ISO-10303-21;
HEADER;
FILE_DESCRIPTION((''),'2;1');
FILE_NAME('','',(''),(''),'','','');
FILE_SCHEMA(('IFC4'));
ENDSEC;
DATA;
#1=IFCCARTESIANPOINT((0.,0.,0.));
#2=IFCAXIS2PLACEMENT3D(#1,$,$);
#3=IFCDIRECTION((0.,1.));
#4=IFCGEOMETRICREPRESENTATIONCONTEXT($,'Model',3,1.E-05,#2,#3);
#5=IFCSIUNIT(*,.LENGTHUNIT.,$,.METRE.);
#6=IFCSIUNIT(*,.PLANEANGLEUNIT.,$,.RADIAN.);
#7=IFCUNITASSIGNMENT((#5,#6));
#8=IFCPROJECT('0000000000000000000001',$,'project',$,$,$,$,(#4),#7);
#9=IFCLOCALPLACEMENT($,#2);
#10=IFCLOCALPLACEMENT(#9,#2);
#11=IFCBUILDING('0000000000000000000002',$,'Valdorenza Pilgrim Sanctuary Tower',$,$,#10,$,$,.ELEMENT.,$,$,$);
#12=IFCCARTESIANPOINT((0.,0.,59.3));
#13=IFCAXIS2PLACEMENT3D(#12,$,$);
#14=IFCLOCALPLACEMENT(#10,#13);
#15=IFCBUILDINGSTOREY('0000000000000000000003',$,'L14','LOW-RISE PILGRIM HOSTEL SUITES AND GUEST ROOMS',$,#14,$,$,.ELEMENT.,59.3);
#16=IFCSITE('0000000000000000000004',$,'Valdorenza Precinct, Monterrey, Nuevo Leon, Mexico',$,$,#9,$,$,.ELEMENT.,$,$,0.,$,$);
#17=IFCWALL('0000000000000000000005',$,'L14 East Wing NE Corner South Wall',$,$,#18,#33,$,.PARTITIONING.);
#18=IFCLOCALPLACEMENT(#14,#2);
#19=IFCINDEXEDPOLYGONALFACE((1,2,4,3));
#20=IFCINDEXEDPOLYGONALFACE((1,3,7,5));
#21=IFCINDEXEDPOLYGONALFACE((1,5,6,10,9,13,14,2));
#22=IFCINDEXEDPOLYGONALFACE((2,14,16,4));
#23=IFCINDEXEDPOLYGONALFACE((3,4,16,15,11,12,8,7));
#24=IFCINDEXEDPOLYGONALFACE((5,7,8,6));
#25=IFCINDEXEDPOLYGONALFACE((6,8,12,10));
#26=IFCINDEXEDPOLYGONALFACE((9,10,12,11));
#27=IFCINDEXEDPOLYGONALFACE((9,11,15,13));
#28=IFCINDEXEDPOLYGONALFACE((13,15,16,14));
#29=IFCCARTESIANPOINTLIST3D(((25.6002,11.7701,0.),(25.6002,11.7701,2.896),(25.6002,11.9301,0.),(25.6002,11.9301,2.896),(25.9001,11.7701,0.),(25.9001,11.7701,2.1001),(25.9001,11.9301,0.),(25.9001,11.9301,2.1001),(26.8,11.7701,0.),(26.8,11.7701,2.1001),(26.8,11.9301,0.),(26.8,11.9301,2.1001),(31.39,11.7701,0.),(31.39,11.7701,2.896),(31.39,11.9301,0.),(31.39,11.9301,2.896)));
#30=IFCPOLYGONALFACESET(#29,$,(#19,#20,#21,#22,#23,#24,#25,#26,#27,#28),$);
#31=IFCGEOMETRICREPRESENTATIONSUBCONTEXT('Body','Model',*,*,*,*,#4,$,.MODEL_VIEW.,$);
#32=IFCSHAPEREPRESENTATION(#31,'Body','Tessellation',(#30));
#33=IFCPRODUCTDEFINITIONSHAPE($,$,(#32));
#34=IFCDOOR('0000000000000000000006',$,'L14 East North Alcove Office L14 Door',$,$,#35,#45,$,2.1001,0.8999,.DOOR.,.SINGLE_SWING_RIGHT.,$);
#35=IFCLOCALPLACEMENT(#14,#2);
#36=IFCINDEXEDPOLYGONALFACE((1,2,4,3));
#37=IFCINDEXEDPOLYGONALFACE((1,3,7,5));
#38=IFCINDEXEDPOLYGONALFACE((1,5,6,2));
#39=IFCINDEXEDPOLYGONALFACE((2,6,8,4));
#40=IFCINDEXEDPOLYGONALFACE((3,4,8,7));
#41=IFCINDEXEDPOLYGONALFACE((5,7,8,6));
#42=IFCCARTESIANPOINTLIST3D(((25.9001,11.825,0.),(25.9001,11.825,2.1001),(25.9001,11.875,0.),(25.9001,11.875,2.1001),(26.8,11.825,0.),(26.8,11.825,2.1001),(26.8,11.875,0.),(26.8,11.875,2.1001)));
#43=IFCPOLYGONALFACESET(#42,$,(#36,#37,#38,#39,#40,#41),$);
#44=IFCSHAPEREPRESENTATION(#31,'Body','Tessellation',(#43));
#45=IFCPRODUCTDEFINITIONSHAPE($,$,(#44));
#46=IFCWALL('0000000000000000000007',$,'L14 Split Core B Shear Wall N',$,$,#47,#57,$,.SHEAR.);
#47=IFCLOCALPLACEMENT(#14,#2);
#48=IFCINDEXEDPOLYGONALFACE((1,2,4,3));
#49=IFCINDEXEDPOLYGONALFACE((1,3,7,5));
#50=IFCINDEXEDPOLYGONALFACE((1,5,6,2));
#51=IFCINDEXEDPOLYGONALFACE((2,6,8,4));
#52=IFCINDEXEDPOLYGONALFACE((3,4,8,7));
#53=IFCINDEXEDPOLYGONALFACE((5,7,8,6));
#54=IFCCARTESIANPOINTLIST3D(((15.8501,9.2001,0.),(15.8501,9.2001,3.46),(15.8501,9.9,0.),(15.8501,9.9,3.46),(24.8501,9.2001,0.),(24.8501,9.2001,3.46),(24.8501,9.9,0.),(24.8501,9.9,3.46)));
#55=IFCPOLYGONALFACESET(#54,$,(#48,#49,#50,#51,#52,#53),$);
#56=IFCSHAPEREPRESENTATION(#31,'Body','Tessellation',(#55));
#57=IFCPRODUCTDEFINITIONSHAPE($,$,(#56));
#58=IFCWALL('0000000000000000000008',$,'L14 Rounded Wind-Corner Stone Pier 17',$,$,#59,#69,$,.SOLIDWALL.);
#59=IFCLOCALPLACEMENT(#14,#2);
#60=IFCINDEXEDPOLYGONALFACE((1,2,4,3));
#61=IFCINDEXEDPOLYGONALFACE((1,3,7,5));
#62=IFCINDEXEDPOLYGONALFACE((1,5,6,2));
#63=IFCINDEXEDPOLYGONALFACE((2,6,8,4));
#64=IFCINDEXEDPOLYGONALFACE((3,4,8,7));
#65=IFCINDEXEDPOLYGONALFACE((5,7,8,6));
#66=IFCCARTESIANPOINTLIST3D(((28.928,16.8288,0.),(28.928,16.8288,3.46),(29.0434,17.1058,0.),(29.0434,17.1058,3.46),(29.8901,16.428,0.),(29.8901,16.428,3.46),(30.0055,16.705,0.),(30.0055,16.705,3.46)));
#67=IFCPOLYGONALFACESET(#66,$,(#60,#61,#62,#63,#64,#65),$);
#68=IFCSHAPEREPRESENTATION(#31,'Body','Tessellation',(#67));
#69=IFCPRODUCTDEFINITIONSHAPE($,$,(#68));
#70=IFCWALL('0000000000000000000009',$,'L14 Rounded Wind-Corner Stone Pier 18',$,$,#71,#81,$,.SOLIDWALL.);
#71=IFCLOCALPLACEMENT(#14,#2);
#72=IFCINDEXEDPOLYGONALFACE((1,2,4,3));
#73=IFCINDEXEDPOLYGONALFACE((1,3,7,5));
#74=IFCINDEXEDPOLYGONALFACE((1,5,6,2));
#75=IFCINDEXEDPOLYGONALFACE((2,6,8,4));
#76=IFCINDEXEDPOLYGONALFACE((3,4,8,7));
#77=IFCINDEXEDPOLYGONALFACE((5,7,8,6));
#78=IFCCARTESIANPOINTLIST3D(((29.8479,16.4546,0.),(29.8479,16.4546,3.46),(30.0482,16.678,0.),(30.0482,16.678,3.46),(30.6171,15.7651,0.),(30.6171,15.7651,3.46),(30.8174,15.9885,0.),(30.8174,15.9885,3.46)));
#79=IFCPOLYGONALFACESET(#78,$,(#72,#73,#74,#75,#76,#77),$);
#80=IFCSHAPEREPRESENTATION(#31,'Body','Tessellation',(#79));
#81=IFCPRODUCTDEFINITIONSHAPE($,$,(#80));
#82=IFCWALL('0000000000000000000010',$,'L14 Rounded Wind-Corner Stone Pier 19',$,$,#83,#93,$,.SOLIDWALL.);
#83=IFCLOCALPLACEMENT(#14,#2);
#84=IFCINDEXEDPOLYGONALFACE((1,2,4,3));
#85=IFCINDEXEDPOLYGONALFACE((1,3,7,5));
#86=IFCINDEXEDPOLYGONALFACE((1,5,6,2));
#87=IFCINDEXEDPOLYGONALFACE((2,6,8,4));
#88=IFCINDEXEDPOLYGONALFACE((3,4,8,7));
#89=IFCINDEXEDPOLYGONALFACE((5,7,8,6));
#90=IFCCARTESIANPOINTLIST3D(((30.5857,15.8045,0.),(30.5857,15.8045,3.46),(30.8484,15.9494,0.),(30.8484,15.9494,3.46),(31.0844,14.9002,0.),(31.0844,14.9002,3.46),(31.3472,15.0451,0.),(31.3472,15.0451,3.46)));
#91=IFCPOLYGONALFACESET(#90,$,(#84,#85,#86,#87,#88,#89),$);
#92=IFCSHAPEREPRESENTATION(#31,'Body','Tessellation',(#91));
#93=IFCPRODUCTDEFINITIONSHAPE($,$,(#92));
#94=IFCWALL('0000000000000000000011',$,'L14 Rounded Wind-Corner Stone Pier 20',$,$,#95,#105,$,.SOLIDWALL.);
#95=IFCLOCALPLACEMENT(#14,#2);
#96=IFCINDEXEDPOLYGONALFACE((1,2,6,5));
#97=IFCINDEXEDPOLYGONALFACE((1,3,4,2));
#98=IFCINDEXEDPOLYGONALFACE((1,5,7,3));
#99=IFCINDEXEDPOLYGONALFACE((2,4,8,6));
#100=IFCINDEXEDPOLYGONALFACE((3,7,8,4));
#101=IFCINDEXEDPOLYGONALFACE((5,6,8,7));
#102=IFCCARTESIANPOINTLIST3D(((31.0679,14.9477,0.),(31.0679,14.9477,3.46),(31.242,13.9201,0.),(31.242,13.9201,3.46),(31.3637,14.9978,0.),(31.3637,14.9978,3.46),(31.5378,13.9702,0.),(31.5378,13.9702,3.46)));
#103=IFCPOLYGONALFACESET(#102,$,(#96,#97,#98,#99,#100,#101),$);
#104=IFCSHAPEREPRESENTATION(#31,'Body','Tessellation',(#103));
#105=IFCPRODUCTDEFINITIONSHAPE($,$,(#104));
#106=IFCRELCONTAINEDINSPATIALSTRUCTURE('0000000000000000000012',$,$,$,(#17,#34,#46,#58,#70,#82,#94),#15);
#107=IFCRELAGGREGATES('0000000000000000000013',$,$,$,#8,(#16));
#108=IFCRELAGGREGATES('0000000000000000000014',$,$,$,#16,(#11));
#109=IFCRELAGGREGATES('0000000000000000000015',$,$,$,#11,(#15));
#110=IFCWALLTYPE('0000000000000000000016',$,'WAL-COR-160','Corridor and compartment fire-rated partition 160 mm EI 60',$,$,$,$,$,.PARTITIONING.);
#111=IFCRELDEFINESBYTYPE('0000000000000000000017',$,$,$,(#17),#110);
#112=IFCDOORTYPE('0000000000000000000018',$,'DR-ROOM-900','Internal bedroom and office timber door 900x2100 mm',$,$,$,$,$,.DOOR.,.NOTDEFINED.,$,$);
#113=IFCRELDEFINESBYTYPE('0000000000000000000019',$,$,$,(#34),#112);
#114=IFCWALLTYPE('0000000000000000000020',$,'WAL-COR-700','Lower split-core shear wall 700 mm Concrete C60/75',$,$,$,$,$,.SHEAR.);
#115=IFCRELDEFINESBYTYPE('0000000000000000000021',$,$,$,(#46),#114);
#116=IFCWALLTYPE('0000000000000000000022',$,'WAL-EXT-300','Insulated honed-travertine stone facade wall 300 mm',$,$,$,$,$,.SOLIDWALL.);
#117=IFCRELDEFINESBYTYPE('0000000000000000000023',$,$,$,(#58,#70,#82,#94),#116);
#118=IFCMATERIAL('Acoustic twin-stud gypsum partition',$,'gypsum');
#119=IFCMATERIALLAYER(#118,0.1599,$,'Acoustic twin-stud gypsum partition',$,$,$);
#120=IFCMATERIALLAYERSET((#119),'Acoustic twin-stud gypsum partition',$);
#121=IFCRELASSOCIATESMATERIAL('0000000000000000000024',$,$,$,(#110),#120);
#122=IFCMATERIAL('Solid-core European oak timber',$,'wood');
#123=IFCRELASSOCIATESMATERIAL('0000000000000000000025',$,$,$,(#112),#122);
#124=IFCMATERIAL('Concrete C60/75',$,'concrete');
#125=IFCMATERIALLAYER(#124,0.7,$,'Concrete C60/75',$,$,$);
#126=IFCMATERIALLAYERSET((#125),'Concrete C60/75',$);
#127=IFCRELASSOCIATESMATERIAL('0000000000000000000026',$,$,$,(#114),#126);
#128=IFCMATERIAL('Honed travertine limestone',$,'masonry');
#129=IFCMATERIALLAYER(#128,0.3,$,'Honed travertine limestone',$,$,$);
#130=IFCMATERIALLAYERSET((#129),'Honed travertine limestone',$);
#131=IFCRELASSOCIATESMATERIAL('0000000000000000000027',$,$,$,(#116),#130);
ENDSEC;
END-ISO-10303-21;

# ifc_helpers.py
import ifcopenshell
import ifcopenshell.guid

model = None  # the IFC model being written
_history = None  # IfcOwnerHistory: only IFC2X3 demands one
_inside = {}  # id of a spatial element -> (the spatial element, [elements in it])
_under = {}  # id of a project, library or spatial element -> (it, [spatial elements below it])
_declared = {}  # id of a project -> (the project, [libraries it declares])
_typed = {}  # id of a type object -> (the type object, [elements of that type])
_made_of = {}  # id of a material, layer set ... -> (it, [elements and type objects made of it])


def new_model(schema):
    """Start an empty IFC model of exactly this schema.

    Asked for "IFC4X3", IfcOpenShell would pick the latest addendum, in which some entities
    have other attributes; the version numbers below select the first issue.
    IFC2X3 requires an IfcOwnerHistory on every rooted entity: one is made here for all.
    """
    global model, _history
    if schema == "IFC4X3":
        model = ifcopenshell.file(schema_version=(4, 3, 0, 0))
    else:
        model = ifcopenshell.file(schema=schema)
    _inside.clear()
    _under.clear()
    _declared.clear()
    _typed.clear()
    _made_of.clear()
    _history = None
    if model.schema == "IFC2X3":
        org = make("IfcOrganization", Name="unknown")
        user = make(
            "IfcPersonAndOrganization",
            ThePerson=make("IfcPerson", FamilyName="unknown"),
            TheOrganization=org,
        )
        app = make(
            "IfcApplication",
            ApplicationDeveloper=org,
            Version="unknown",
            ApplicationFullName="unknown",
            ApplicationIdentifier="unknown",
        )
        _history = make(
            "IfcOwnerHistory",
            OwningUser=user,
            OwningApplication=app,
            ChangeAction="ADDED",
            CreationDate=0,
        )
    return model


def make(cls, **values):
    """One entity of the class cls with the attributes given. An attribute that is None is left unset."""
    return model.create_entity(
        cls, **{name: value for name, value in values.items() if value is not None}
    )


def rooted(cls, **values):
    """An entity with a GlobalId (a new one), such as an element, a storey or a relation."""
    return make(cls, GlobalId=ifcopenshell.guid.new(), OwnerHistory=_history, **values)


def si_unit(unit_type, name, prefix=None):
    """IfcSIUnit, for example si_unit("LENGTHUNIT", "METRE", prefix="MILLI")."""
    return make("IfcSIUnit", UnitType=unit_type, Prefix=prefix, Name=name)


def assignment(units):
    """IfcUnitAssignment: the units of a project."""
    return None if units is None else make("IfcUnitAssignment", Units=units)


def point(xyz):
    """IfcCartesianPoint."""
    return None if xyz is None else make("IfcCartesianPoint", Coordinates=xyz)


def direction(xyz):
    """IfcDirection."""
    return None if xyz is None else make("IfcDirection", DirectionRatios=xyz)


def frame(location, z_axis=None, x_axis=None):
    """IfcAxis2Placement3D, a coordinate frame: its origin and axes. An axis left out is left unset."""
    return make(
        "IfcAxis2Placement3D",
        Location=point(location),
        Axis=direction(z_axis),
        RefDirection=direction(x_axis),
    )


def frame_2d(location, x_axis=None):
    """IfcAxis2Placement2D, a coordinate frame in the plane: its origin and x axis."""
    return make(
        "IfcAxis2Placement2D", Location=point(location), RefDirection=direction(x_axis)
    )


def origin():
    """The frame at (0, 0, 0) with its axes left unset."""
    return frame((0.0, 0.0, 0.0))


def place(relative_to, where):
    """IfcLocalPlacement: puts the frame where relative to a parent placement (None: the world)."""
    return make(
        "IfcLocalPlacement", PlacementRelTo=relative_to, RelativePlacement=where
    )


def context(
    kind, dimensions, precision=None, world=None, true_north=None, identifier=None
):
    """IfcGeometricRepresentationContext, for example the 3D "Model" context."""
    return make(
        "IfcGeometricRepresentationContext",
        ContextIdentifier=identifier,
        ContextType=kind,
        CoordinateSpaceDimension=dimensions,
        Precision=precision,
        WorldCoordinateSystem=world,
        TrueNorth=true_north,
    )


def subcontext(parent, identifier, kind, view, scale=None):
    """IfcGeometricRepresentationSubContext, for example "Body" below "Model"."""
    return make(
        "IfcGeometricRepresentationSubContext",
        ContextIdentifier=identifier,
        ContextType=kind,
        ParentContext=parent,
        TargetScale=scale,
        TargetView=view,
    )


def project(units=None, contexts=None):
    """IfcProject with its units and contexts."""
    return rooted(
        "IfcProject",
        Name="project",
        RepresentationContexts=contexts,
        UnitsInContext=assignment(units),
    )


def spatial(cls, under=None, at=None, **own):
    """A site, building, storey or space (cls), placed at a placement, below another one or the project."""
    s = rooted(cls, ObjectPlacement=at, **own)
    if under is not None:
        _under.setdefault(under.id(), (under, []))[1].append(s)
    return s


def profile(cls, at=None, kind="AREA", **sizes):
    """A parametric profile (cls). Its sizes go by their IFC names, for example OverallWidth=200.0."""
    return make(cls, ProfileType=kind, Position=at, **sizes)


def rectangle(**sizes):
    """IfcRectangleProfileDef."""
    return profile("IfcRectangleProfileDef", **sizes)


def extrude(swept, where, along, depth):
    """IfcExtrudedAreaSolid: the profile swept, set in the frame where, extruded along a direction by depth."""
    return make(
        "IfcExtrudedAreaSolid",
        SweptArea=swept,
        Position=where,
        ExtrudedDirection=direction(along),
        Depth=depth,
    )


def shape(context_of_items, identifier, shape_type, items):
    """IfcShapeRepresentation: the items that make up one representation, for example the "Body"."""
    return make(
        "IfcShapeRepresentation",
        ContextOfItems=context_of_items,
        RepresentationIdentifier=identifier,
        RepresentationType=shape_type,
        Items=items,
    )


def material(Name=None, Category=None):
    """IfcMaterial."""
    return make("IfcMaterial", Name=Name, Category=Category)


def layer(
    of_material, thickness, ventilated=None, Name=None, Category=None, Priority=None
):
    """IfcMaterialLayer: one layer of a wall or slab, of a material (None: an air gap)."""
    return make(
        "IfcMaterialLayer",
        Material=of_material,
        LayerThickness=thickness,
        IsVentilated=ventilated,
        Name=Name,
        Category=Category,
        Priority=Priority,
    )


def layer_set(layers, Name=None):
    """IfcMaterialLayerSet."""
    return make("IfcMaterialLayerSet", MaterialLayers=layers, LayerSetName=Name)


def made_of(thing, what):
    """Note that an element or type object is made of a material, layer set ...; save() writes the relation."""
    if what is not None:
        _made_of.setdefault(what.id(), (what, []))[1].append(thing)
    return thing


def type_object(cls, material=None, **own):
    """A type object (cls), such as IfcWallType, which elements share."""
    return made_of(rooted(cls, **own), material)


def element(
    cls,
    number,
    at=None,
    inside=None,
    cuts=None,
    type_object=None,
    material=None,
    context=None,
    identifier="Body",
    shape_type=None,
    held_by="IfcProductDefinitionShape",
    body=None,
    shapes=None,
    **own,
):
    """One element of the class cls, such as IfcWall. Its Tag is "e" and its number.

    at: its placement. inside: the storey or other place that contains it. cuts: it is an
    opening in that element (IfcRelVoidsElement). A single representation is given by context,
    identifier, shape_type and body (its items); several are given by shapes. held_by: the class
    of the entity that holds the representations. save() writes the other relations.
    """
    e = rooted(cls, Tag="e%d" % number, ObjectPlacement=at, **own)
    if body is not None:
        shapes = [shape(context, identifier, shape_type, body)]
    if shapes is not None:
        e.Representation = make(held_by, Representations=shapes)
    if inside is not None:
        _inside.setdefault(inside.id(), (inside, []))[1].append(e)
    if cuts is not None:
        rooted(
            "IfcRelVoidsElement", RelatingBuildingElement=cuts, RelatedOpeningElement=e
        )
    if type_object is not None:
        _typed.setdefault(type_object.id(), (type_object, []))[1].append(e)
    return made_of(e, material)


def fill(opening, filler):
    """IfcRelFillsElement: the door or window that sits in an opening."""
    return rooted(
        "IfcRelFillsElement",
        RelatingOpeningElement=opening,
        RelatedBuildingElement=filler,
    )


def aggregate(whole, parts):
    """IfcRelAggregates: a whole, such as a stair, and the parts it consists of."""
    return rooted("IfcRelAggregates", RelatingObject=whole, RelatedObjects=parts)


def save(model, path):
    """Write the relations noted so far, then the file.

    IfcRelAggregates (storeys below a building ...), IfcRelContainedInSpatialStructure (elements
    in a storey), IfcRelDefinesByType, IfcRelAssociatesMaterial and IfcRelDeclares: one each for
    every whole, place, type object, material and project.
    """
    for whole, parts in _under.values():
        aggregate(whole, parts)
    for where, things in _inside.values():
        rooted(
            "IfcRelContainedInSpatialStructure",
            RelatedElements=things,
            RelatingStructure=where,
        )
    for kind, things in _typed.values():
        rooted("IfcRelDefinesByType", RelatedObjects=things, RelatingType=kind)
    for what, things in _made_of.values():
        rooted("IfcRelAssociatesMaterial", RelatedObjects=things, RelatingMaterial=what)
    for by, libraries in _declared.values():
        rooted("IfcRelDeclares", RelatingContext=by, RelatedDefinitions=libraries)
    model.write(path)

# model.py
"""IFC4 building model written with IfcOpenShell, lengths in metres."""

from ifc_helpers import new_model, si_unit, direction, frame, frame_2d, origin, place, context, subcontext, project, spatial, rectangle, extrude, material, layer, layer_set, type_object, element, fill, save


model = new_model("IFC4")

# Units and contexts
model_context = context("Model", 3, precision=1e-05, world=origin(), true_north=direction((0.0, 1.0)))
body_context = subcontext(model_context, "Body", "Model", "MODEL_VIEW")
ifc_project = project(units=[si_unit("LENGTHUNIT", "METRE"), si_unit("PLANEANGLEUNIT", "RADIAN")], contexts=[model_context])

# Site, building, storey
site_placement = place(None, origin())
site = spatial("IfcSite", under=ifc_project, at=site_placement, Name="Valdorenza Precinct, Monterrey, Nuevo Leon, Mexico", CompositionType="ELEMENT", RefElevation=0.0)
building_placement = place(site_placement, origin())
building = spatial("IfcBuilding", under=site, at=building_placement, Name="Valdorenza Pilgrim Sanctuary Tower", CompositionType="ELEMENT")
storey_placement = place(building_placement, frame((0.0, 0.0, 59.3)))
storey = spatial("IfcBuildingStorey", under=building, at=storey_placement, Name="L14", Description="LOW-RISE PILGRIM HOSTEL SUITES AND GUEST ROOMS", CompositionType="ELEMENT", Elevation=59.3)

# Shared definitions
ifc_material_1 = material(Name="Concrete C60/75", Category="concrete")

# Shared definitions
ifc_material_2 = material(Name="Honed travertine limestone", Category="masonry")

# Shared definitions
ifc_material_3 = material(Name="Acoustic twin-stud gypsum partition", Category="gypsum")
ifc_layer_1 = layer(ifc_material_3, 0.1599, Name="Acoustic twin-stud gypsum partition")
ifc_layer_set_1 = layer_set([ifc_layer_1], Name="Acoustic twin-stud gypsum partition")
wall_type_1 = type_object("IfcWallType", Name="WAL-COR-160", Description="Corridor and compartment fire-rated partition 160 mm EI 60", PredefinedType="PARTITIONING", material=ifc_layer_set_1)

# Wall, opening, door
wall_1_placement = place(storey_placement, frame((25.6001, 11.8501, 0.0), z_axis=(0.0, 0.0, 1.0), x_axis=(1.0, 0.0, 0.0)))
wall_1 = element("IfcWall", 1, at=wall_1_placement, inside=storey, type_object=wall_type_1, Name="L14 East Wing NE Corner South Wall", PredefinedType="PARTITIONING", context=body_context, shape_type="SweptSolid", body=[
    extrude(rectangle(XDim=5.7898, YDim=0.1599, at=frame_2d((2.895, 0.0))), origin(), (0.0, 0.0, 1.0), 2.896),
])
opening_placement = place(wall_1_placement, frame((0.3, 0.0, 0.0)))
opening = element("IfcOpeningElement", 2, at=opening_placement, cuts=wall_1, PredefinedType="OPENING", context=body_context, shape_type="SweptSolid", body=[
    extrude(rectangle(XDim=0.8999, YDim=2.1001, at=frame_2d((0.45, 1.05))), frame((0.0, 0.0947, 0.0), z_axis=(0.0, -1.0, 0.0), x_axis=(1.0, 0.0, 0.0)), (0.0, 0.0, 1.0), 0.1897),
])
ifc_material_4 = material(Name="Solid-core European oak timber", Category="wood")
door_type = type_object("IfcDoorType", Name="DR-ROOM-900", Description="Internal bedroom and office timber door 900x2100 mm", OperationType="NOTDEFINED", PredefinedType="DOOR", material=ifc_material_4)
door_placement = place(opening_placement, origin())
door = element("IfcDoor", 3, at=door_placement, inside=storey, type_object=door_type, Name="L14 East North Alcove Office L14 Door", OperationType="SINGLE_SWING_RIGHT", OverallHeight=2.1001, OverallWidth=0.8999, PredefinedType="DOOR", context=body_context, shape_type="SweptSolid", body=[
    extrude(rectangle(XDim=0.8999, YDim=2.1001, at=frame_2d((0.45, 1.05))), frame((0.0, 0.0249, 0.0), z_axis=(0.0, -1.0, 0.0), x_axis=(1.0, 0.0, 0.0)), (0.0, 0.0, 1.0), 0.05),
])
fill(opening, door)

# Walls
ifc_layer_2 = layer(ifc_material_1, 0.7, Name="Concrete C60/75")
ifc_layer_set_2 = layer_set([ifc_layer_2], Name="Concrete C60/75")
wall_type_2 = type_object("IfcWallType", Name="WAL-COR-700", Description="Lower split-core shear wall 700 mm Concrete C60/75", PredefinedType="SHEAR", material=ifc_layer_set_2)
wall_2_placement = place(storey_placement, frame((15.8501, 9.55, 0.0), z_axis=(0.0, 0.0, 1.0), x_axis=(1.0, 0.0, 0.0)))
element("IfcWall", 4, at=wall_2_placement, inside=storey, type_object=wall_type_2, Name="L14 Split Core B Shear Wall N", PredefinedType="SHEAR", context=body_context, shape_type="SweptSolid", body=[
    extrude(rectangle(XDim=9.0, YDim=0.7, at=frame_2d((4.5, 0.0))), origin(), (0.0, 0.0, 1.0), 3.46),
])
ifc_layer_3 = layer(ifc_material_2, 0.3, Name="Honed travertine limestone")
ifc_layer_set_3 = layer_set([ifc_layer_3], Name="Honed travertine limestone")
wall_type_3 = type_object("IfcWallType", Name="WAL-EXT-300", Description="Insulated honed-travertine stone facade wall 300 mm", PredefinedType="SOLIDWALL", material=ifc_layer_set_3)
wall_3_placement = place(storey_placement, frame((28.9858, 16.9673, 0.0), z_axis=(0.0, 0.0, 1.0), x_axis=(0.923084, -0.384599, 0.0)))
element("IfcWall", 5, at=wall_3_placement, inside=storey, type_object=wall_type_3, Name="L14 Rounded Wind-Corner Stone Pier 17", PredefinedType="SOLIDWALL", context=body_context, shape_type="SweptSolid", body=[
    extrude(rectangle(XDim=1.0422, YDim=0.3, at=frame_2d((0.521, 0.0))), origin(), (0.0, 0.0, 1.0), 3.46),
])
wall_4_placement = place(storey_placement, frame((29.948, 16.5664, 0.0), z_axis=(0.0, 0.0, 1.0), x_axis=(0.744586, -0.667527, 0.0)))
element("IfcWall", 6, at=wall_4_placement, inside=storey, type_object=wall_type_3, Name="L14 Rounded Wind-Corner Stone Pier 18", PredefinedType="SOLIDWALL", context=body_context, shape_type="SweptSolid", body=[
    extrude(rectangle(XDim=1.033, YDim=0.3, at=frame_2d((0.5166, 0.0))), origin(), (0.0, 0.0, 1.0), 3.46),
])
wall_5_placement = place(storey_placement, frame((30.717, 15.877, 0.0), z_axis=(0.0, 0.0, 1.0), x_axis=(0.482971, -0.875636, 0.0)))
element("IfcWall", 7, at=wall_5_placement, inside=storey, type_object=wall_type_3, Name="L14 Rounded Wind-Corner Stone Pier 19", PredefinedType="SOLIDWALL", context=body_context, shape_type="SweptSolid", body=[
    extrude(rectangle(XDim=1.0327, YDim=0.3, at=frame_2d((0.5164, 0.0))), origin(), (0.0, 0.0, 1.0), 3.46),
])
wall_6_placement = place(storey_placement, frame((31.2158, 14.9727, 0.0), z_axis=(0.0, 0.0, 1.0), x_axis=(0.167019, -0.985954, 0.0)))
element("IfcWall", 8, at=wall_6_placement, inside=storey, type_object=wall_type_3, Name="L14 Rounded Wind-Corner Stone Pier 20", PredefinedType="SOLIDWALL", context=body_context, shape_type="SweptSolid", body=[
    extrude(rectangle(XDim=1.0422, YDim=0.3, at=frame_2d((0.521, 0.0))), origin(), (0.0, 0.0, 1.0), 3.46),
])

save(model, "model.ifc")
